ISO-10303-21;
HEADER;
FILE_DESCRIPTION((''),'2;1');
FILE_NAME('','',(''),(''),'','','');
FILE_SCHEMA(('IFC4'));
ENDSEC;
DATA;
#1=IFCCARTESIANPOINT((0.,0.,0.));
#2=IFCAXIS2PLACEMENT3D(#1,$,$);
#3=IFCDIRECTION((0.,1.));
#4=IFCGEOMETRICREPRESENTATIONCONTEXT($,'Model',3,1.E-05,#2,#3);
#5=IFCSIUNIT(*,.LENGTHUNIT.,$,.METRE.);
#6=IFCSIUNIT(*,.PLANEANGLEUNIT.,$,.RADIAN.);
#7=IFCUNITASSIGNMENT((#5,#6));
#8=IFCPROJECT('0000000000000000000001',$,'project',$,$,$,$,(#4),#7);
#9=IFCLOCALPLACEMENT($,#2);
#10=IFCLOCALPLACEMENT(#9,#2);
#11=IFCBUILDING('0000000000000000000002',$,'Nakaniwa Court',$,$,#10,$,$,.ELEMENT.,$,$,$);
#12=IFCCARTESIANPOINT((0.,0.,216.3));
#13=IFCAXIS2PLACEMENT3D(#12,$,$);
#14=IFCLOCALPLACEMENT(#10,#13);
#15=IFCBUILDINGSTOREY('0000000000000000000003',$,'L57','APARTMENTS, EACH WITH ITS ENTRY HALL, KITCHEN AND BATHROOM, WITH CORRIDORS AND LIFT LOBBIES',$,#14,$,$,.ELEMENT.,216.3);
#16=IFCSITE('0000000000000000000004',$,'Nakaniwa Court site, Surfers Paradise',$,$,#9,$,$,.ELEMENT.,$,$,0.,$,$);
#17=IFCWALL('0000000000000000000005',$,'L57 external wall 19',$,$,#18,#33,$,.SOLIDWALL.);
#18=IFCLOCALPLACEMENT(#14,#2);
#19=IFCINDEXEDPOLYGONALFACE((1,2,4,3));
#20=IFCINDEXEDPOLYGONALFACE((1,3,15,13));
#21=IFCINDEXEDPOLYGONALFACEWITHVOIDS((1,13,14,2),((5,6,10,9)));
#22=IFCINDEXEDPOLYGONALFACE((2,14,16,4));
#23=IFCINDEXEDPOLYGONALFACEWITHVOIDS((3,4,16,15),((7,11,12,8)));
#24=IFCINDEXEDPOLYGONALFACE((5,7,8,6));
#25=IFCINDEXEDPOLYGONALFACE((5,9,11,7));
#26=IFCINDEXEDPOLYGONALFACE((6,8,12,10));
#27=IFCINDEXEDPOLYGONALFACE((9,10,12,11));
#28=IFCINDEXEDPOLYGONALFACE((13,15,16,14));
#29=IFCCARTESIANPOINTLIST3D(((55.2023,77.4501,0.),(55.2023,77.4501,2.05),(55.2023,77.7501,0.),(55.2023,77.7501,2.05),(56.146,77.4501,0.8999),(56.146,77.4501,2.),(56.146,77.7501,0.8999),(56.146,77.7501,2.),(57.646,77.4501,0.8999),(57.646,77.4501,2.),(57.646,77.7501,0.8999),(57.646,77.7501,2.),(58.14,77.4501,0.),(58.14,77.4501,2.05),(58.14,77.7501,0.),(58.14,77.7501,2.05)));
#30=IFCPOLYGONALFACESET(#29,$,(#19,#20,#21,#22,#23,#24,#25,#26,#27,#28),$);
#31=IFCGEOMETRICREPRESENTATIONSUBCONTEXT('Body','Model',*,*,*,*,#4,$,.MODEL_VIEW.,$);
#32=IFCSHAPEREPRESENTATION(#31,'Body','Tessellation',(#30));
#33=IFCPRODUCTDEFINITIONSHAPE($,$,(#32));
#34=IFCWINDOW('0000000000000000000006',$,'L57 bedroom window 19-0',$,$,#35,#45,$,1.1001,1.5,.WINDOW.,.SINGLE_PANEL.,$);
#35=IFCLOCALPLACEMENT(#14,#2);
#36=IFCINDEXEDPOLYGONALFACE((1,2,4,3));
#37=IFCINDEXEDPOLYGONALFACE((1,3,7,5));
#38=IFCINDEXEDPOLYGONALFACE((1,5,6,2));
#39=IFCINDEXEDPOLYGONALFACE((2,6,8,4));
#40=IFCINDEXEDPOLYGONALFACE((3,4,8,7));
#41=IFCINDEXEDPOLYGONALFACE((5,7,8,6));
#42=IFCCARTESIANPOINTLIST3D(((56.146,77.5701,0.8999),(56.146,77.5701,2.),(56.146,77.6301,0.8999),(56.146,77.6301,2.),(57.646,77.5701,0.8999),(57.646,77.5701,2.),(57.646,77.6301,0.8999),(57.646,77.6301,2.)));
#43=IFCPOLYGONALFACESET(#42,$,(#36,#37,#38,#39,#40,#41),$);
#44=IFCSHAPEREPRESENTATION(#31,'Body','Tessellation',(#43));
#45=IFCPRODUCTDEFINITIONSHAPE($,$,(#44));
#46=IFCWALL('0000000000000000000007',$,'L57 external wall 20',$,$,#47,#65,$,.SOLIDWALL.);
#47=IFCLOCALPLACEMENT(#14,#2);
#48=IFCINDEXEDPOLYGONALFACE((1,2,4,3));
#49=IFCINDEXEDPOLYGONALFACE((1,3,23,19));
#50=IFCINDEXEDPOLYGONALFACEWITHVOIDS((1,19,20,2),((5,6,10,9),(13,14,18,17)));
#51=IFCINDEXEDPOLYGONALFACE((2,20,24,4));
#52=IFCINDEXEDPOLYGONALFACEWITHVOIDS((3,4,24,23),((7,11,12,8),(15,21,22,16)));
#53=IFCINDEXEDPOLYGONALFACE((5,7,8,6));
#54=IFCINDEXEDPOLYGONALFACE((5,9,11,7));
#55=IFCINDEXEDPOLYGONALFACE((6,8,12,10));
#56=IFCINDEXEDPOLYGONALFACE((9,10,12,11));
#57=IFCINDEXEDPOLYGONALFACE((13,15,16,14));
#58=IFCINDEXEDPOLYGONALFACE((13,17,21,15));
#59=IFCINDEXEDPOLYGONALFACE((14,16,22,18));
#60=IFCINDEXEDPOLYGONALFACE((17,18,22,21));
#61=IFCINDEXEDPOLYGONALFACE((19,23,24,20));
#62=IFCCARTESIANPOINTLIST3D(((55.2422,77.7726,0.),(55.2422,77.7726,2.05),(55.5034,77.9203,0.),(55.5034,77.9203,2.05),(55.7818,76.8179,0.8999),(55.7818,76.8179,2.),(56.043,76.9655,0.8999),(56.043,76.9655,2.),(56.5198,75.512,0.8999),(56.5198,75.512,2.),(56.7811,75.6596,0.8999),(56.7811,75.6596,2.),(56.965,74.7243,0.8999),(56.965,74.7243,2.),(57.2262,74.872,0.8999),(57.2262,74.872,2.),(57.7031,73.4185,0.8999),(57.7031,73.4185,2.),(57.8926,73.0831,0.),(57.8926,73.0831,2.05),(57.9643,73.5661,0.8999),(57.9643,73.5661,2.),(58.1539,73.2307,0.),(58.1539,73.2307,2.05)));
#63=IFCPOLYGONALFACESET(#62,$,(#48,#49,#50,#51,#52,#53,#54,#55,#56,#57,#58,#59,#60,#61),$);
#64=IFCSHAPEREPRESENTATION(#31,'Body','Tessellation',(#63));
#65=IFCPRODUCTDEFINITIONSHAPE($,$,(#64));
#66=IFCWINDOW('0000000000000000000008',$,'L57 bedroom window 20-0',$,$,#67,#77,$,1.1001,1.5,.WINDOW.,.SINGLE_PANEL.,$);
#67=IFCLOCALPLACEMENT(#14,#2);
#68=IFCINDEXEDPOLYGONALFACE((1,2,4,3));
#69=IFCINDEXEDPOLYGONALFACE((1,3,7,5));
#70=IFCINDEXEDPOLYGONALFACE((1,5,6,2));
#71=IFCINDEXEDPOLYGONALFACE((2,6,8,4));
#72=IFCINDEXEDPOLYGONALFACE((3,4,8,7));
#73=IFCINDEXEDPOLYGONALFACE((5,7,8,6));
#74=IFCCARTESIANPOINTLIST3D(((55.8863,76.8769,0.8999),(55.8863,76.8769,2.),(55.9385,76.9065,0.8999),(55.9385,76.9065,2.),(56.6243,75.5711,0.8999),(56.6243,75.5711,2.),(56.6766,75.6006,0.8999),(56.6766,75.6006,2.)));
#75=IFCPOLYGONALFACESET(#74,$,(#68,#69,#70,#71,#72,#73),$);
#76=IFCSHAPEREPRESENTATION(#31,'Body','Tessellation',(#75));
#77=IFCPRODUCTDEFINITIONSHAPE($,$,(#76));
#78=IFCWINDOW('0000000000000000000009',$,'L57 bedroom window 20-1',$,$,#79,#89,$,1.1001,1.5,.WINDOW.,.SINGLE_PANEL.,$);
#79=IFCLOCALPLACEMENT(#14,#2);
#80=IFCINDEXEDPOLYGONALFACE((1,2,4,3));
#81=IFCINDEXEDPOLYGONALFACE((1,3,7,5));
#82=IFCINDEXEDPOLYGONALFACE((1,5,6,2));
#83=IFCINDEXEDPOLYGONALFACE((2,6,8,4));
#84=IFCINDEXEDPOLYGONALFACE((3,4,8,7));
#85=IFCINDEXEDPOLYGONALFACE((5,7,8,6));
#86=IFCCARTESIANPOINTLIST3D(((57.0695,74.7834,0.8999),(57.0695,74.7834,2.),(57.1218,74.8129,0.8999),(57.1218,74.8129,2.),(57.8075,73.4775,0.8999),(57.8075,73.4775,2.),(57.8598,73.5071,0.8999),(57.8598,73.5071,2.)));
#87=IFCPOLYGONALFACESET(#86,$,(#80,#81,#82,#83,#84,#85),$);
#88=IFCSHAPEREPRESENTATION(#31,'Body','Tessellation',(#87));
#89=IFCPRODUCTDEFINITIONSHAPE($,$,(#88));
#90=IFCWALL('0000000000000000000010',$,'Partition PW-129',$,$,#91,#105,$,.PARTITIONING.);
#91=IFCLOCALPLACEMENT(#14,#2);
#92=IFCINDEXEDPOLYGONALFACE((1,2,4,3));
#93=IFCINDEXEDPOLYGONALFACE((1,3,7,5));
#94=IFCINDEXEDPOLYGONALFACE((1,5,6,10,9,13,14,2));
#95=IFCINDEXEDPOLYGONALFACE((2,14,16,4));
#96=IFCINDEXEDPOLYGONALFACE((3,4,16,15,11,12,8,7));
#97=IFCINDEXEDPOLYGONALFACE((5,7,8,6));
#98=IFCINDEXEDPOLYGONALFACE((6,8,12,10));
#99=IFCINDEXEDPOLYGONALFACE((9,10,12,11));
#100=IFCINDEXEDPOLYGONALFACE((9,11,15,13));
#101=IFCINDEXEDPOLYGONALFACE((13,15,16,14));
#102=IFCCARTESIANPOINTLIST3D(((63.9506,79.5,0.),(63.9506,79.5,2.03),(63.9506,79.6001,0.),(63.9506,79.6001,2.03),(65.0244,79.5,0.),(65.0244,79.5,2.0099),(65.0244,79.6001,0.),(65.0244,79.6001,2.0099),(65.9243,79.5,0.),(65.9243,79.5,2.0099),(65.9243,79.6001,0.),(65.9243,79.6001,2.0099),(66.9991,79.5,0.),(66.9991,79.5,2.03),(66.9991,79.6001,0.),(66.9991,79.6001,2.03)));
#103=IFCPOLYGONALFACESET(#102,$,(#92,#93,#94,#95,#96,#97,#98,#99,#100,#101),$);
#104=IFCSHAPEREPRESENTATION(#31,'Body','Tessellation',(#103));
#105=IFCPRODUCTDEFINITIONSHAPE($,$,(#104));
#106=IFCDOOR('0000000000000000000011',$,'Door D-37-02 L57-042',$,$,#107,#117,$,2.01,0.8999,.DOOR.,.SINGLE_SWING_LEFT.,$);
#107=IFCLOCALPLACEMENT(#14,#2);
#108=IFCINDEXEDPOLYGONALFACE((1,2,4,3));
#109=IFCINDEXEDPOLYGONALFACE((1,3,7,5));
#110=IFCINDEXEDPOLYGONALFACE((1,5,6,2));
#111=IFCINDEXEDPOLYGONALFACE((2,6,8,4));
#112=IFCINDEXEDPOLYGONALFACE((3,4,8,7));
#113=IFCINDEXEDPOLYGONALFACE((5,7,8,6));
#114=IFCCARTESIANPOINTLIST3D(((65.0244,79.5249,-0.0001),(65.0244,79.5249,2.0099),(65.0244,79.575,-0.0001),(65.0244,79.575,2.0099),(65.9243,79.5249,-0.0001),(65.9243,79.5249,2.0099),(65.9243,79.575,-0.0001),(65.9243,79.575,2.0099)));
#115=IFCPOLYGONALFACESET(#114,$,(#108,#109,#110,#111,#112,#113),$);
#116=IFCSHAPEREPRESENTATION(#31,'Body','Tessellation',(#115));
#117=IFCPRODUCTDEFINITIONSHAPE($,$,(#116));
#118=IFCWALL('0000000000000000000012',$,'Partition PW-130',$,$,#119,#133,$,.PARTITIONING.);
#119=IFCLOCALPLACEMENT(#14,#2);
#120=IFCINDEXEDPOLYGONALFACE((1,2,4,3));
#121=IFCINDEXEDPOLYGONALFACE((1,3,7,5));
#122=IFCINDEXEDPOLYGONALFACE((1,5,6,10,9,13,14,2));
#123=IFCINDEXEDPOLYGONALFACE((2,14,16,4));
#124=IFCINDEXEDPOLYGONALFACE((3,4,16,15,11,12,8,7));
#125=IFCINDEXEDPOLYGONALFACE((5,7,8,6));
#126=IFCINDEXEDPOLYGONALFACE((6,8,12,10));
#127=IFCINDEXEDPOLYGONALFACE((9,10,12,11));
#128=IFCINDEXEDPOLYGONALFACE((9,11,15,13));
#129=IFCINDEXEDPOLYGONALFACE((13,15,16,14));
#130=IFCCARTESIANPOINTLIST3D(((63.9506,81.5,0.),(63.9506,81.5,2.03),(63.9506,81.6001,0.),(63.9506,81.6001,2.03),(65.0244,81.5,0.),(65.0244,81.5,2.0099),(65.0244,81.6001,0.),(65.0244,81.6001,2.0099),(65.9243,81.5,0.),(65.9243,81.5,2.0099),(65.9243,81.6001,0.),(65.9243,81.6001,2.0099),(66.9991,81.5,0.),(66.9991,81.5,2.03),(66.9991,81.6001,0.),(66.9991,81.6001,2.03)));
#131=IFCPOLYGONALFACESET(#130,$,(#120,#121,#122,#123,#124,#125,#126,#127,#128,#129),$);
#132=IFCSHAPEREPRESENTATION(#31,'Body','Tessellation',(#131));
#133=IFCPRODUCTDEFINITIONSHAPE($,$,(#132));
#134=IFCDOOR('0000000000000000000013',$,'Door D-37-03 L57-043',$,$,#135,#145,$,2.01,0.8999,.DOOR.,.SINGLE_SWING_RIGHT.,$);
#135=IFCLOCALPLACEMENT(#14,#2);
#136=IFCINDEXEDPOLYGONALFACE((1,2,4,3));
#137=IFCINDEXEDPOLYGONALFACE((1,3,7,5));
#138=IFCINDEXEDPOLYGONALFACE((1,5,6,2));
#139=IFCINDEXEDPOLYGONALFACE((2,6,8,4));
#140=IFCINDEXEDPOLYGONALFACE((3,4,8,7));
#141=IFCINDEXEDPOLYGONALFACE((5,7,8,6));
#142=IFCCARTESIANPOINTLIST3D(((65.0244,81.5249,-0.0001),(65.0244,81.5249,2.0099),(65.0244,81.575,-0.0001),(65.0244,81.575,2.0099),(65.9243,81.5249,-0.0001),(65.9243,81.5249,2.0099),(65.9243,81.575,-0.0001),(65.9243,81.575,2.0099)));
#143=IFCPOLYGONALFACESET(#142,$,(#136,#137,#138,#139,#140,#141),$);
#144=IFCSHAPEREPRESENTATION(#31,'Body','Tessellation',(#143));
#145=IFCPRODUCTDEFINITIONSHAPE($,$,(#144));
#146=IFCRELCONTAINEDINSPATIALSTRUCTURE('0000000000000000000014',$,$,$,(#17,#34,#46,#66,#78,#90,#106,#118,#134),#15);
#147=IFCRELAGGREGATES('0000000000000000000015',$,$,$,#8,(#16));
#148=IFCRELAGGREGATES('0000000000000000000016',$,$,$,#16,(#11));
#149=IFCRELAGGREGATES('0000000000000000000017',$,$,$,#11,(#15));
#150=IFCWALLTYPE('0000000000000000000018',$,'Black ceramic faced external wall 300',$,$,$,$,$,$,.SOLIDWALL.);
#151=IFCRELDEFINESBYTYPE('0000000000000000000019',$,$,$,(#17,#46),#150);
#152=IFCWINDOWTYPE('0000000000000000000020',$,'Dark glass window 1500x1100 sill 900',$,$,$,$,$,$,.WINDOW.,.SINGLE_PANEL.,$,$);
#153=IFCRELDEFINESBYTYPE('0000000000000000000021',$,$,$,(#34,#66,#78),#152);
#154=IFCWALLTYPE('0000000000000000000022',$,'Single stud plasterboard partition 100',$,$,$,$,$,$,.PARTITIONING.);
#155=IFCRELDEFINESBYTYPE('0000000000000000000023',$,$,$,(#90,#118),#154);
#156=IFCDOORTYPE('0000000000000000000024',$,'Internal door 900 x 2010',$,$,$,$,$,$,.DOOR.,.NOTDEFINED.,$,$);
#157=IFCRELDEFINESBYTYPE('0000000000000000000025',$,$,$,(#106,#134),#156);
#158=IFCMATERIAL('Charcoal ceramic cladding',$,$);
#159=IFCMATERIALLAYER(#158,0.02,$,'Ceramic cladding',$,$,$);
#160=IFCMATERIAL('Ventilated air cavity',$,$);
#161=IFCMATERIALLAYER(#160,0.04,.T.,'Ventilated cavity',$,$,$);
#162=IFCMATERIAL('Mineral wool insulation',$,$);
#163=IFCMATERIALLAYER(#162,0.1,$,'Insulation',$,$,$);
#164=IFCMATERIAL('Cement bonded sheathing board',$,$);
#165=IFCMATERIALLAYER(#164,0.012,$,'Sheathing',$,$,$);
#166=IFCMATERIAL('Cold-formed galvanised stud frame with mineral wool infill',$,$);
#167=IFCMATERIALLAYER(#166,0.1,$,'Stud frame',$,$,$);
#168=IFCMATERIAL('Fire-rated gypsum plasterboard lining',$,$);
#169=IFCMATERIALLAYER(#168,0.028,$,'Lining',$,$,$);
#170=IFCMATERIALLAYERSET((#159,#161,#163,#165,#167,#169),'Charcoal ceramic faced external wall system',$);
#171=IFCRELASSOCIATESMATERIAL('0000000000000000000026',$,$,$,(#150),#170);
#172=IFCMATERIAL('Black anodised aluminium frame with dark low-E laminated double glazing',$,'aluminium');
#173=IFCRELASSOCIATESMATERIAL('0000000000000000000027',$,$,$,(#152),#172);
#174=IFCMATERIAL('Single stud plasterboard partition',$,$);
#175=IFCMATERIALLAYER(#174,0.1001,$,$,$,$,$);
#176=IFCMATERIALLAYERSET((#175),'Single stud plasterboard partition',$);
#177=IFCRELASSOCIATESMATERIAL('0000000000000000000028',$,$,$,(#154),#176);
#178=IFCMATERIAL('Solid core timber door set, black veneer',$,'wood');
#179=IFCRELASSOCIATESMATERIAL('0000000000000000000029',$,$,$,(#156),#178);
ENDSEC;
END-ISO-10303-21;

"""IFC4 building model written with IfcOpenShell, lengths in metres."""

from ifc_helpers import new_model, si_unit, direction, frame, frame_2d, origin, place, context, subcontext, project, spatial, rectangle, extrude, material, layer, layer_set, type_object, element, fill, save


model = new_model("IFC4")

# Units and contexts
model_context = context("Model", 3, precision=1e-05, world=origin(), true_north=direction((0.0, 1.0)))
body_context = subcontext(model_context, "Body", "Model", "MODEL_VIEW")
ifc_project = project(units=[si_unit("LENGTHUNIT", "METRE"), si_unit("PLANEANGLEUNIT", "RADIAN")], contexts=[model_context])

# Site, building, storey
site_placement = place(None, origin())
site = spatial("IfcSite", under=ifc_project, at=site_placement, Name="Nakaniwa Court site, Surfers Paradise", CompositionType="ELEMENT", RefElevation=0.0)
building_placement = place(site_placement, origin())
building = spatial("IfcBuilding", under=site, at=building_placement, Name="Nakaniwa Court", CompositionType="ELEMENT")
storey_placement = place(building_placement, frame((0.0, 0.0, 216.3)))
storey = spatial("IfcBuildingStorey", under=building, at=storey_placement, Name="L57", Description="APARTMENTS, EACH WITH ITS ENTRY HALL, KITCHEN AND BATHROOM, WITH CORRIDORS AND LIFT LOBBIES", CompositionType="ELEMENT", Elevation=216.3)

# Wall, opening, window
ifc_material_1 = material(Name="Charcoal ceramic cladding")
ifc_layer_1 = layer(ifc_material_1, 0.02, Name="Ceramic cladding")
ifc_material_2 = material(Name="Ventilated air cavity")
ifc_layer_2 = layer(ifc_material_2, 0.04, ventilated=True, Name="Ventilated cavity")
ifc_material_3 = material(Name="Mineral wool insulation")
ifc_layer_3 = layer(ifc_material_3, 0.1, Name="Insulation")
ifc_material_4 = material(Name="Cement bonded sheathing board")
ifc_layer_4 = layer(ifc_material_4, 0.012, Name="Sheathing")
ifc_material_5 = material(Name="Cold-formed galvanised stud frame with mineral wool infill")
ifc_layer_5 = layer(ifc_material_5, 0.1, Name="Stud frame")
ifc_material_6 = material(Name="Fire-rated gypsum plasterboard lining")
ifc_layer_6 = layer(ifc_material_6, 0.028, Name="Lining")
ifc_layer_set_1 = layer_set([ifc_layer_1, ifc_layer_2, ifc_layer_3, ifc_layer_4, ifc_layer_5, ifc_layer_6], Name="Charcoal ceramic faced external wall system")
wall_type_1 = type_object("IfcWallType", Name="Black ceramic faced external wall 300", PredefinedType="SOLIDWALL", material=ifc_layer_set_1)
ifc_material_7 = material(Name="Black anodised aluminium frame with dark low-E laminated double glazing", Category="aluminium")
window_type_1 = type_object("IfcWindowType", Name="Dark glass window 1500x1100 sill 900", PartitioningType="SINGLE_PANEL", PredefinedType="WINDOW", material=ifc_material_7)
wall_1_placement = place(storey_placement, frame((58.1399, 77.6001, 0.0), z_axis=(0.0, 0.0, 1.0), x_axis=(-1.0, 0.0, 0.0)))
wall_1 = element("IfcWall", 1, at=wall_1_placement, inside=storey, type_object=wall_type_1, Name="L57 external wall 19", PredefinedType="SOLIDWALL", context=body_context, shape_type="SweptSolid", body=[
    extrude(rectangle(XDim=2.9377, YDim=0.3, at=frame_2d((1.4688, 0.0))), origin(), (0.0, 0.0, 1.0), 2.05),
])
opening_1_placement = place(wall_1_placement, frame((0.4939, 0.0, 0.8999)))
opening_1 = element("IfcOpeningElement", 2, at=opening_1_placement, cuts=wall_1, PredefinedType="OPENING", context=body_context, shape_type="SweptSolid", body=[
    extrude(rectangle(XDim=1.5, YDim=1.1001, at=frame_2d((0.75, 0.55))), frame((0.0, 0.1599, 0.0), z_axis=(0.0, -1.0, 0.0), x_axis=(1.0, 0.0, 0.0)), (0.0, 0.0, 1.0), 0.3201),
])
window_1_placement = place(opening_1_placement, origin())
window_1 = element("IfcWindow", 3, at=window_1_placement, inside=storey, type_object=window_type_1, Name="L57 bedroom window 19-0", OverallHeight=1.1001, OverallWidth=1.5, PartitioningType="SINGLE_PANEL", PredefinedType="WINDOW", context=body_context, shape_type="SweptSolid", body=[
    extrude(rectangle(XDim=1.5, YDim=1.1001, at=frame_2d((0.75, 0.55))), frame((0.0, 0.03, 0.0), z_axis=(0.0, -1.0, 0.0), x_axis=(1.0, 0.0, 0.0)), (0.0, 0.0, 1.0), 0.0601),
])
fill(opening_1, window_1)

# Wall, openings, windows
wall_2_placement = place(storey_placement, frame((55.3728, 77.8464, 0.0), z_axis=(0.0, 0.0, 1.0), x_axis=(0.492033, -0.870576, 0.0)))
wall_2 = element("IfcWall", 4, at=wall_2_placement, inside=storey, type_object=wall_type_1, Name="L57 external wall 20", PredefinedType="SOLIDWALL", context=body_context, shape_type="SweptSolid", body=[
    extrude(rectangle(XDim=5.3867, YDim=0.3, at=frame_2d((2.6934, 0.0))), origin(), (0.0, 0.0, 1.0), 2.05),
])
opening_2_placement = place(wall_2_placement, frame((1.0967, 0.0, 0.8999)))
opening_2 = element("IfcOpeningElement", 5, at=opening_2_placement, cuts=wall_2, PredefinedType="OPENING", context=body_context, shape_type="SweptSolid", body=[
    extrude(rectangle(XDim=1.5, YDim=1.1001, at=frame_2d((0.75, 0.55))), frame((0.0, 0.1599, 0.0), z_axis=(0.0, -1.0, 0.0), x_axis=(1.0, 0.0, 0.0)), (0.0, 0.0, 1.0), 0.3201),
])
opening_3_placement = place(wall_2_placement, frame((3.5015, 0.0, 0.8999)))
opening_3 = element("IfcOpeningElement", 6, at=opening_3_placement, cuts=wall_2, PredefinedType="OPENING", context=body_context, shape_type="SweptSolid", body=[
    extrude(rectangle(XDim=1.5, YDim=1.1001, at=frame_2d((0.75, 0.55))), frame((0.0, 0.1599, 0.0), z_axis=(0.0, -1.0, 0.0), x_axis=(1.0, 0.0, 0.0)), (0.0, 0.0, 1.0), 0.3201),
])
window_2_placement = place(opening_2_placement, origin())
window_2 = element("IfcWindow", 7, at=window_2_placement, inside=storey, type_object=window_type_1, Name="L57 bedroom window 20-0", OverallHeight=1.1001, OverallWidth=1.5, PartitioningType="SINGLE_PANEL", PredefinedType="WINDOW", context=body_context, shape_type="SweptSolid", body=[
    extrude(rectangle(XDim=1.5, YDim=1.1001, at=frame_2d((0.75, 0.55))), frame((0.0, 0.03, 0.0), z_axis=(0.0, -1.0, 0.0), x_axis=(1.0, 0.0, 0.0)), (0.0, 0.0, 1.0), 0.0601),
])
fill(opening_2, window_2)
window_3_placement = place(opening_3_placement, origin())
window_3 = element("IfcWindow", 8, at=window_3_placement, inside=storey, type_object=window_type_1, Name="L57 bedroom window 20-1", OverallHeight=1.1001, OverallWidth=1.5, PartitioningType="SINGLE_PANEL", PredefinedType="WINDOW", context=body_context, shape_type="SweptSolid", body=[
    extrude(rectangle(XDim=1.5, YDim=1.1001, at=frame_2d((0.75, 0.55))), frame((0.0, 0.03, 0.0), z_axis=(0.0, -1.0, 0.0), x_axis=(1.0, 0.0, 0.0)), (0.0, 0.0, 1.0), 0.0601),
])
fill(opening_3, window_3)

# Walls, openings, doors
ifc_material_8 = material(Name="Single stud plasterboard partition")
ifc_layer_7 = layer(ifc_material_8, 0.1001)
ifc_layer_set_2 = layer_set([ifc_layer_7], Name="Single stud plasterboard partition")
wall_type_2 = type_object("IfcWallType", Name="Single stud plasterboard partition 100", PredefinedType="PARTITIONING", material=ifc_layer_set_2)
wall_3_placement = place(storey_placement, frame((63.9504, 79.55, 0.0), z_axis=(0.0, 0.0, 1.0), x_axis=(1.0, 0.0, 0.0)))
wall_3 = element("IfcWall", 9, at=wall_3_placement, inside=storey, type_object=wall_type_2, Name="Partition PW-129", PredefinedType="PARTITIONING", context=body_context, shape_type="SweptSolid", body=[
    extrude(rectangle(XDim=3.0486, YDim=0.1001, at=frame_2d((1.5244, 0.0))), origin(), (0.0, 0.0, 1.0), 2.03),
])
opening_4_placement = place(wall_3_placement, frame((1.074, 0.0, 0.0)))
opening_4 = element("IfcOpeningElement", 10, at=opening_4_placement, cuts=wall_3, PredefinedType="OPENING", context=body_context, shape_type="SweptSolid", body=[
    extrude(rectangle(XDim=0.8999, YDim=2.01, at=frame_2d((0.45, 1.0049))), frame((0.0, 0.0601, 0.0), z_axis=(0.0, -1.0, 0.0), x_axis=(1.0, 0.0, 0.0)), (0.0, 0.0, 1.0), 0.1201),
])
ifc_material_9 = material(Name="Solid core timber door set, black veneer", Category="wood")
door_type = type_object("IfcDoorType", Name="Internal door 900 x 2010", OperationType="NOTDEFINED", PredefinedType="DOOR", material=ifc_material_9)
door_1_placement = place(opening_4_placement, origin())
door_1 = element("IfcDoor", 11, at=door_1_placement, inside=storey, type_object=door_type, Name="Door D-37-02 L57-042", OperationType="SINGLE_SWING_LEFT", OverallHeight=2.01, OverallWidth=0.8999, PredefinedType="DOOR", context=body_context, shape_type="SweptSolid", body=[
    extrude(rectangle(XDim=0.8999, YDim=2.01, at=frame_2d((0.45, 1.0049))), frame((0.0, 0.0249, 0.0), z_axis=(0.0, -1.0, 0.0), x_axis=(1.0, 0.0, 0.0)), (0.0, 0.0, 1.0), 0.05),
])
fill(opening_4, door_1)
wall_4_placement = place(storey_placement, frame((63.9504, 81.55, 0.0), z_axis=(0.0, 0.0, 1.0), x_axis=(1.0, 0.0, 0.0)))
wall_4 = element("IfcWall", 12, at=wall_4_placement, inside=storey, type_object=wall_type_2, Name="Partition PW-130", PredefinedType="PARTITIONING", context=body_context, shape_type="SweptSolid", body=[
    extrude(rectangle(XDim=3.0486, YDim=0.1001, at=frame_2d((1.5244, 0.0))), origin(), (0.0, 0.0, 1.0), 2.03),
])
opening_5_placement = place(wall_4_placement, frame((1.074, 0.0, 0.0)))
opening_5 = element("IfcOpeningElement", 13, at=opening_5_placement, cuts=wall_4, PredefinedType="OPENING", context=body_context, shape_type="SweptSolid", body=[
    extrude(rectangle(XDim=0.8999, YDim=2.01, at=frame_2d((0.45, 1.0049))), frame((0.0, 0.0601, 0.0), z_axis=(0.0, -1.0, 0.0), x_axis=(1.0, 0.0, 0.0)), (0.0, 0.0, 1.0), 0.1201),
])
door_2_placement = place(opening_5_placement, origin())
door_2 = element("IfcDoor", 14, at=door_2_placement, inside=storey, type_object=door_type, Name="Door D-37-03 L57-043", OperationType="SINGLE_SWING_RIGHT", OverallHeight=2.01, OverallWidth=0.8999, PredefinedType="DOOR", context=body_context, shape_type="SweptSolid", body=[
    extrude(rectangle(XDim=0.8999, YDim=2.01, at=frame_2d((0.45, 1.0049))), frame((0.0, 0.0249, 0.0), z_axis=(0.0, -1.0, 0.0), x_axis=(1.0, 0.0, 0.0)), (0.0, 0.0, 1.0), 0.05),
])
fill(opening_5, door_2)

save(model, "model.ifc")
